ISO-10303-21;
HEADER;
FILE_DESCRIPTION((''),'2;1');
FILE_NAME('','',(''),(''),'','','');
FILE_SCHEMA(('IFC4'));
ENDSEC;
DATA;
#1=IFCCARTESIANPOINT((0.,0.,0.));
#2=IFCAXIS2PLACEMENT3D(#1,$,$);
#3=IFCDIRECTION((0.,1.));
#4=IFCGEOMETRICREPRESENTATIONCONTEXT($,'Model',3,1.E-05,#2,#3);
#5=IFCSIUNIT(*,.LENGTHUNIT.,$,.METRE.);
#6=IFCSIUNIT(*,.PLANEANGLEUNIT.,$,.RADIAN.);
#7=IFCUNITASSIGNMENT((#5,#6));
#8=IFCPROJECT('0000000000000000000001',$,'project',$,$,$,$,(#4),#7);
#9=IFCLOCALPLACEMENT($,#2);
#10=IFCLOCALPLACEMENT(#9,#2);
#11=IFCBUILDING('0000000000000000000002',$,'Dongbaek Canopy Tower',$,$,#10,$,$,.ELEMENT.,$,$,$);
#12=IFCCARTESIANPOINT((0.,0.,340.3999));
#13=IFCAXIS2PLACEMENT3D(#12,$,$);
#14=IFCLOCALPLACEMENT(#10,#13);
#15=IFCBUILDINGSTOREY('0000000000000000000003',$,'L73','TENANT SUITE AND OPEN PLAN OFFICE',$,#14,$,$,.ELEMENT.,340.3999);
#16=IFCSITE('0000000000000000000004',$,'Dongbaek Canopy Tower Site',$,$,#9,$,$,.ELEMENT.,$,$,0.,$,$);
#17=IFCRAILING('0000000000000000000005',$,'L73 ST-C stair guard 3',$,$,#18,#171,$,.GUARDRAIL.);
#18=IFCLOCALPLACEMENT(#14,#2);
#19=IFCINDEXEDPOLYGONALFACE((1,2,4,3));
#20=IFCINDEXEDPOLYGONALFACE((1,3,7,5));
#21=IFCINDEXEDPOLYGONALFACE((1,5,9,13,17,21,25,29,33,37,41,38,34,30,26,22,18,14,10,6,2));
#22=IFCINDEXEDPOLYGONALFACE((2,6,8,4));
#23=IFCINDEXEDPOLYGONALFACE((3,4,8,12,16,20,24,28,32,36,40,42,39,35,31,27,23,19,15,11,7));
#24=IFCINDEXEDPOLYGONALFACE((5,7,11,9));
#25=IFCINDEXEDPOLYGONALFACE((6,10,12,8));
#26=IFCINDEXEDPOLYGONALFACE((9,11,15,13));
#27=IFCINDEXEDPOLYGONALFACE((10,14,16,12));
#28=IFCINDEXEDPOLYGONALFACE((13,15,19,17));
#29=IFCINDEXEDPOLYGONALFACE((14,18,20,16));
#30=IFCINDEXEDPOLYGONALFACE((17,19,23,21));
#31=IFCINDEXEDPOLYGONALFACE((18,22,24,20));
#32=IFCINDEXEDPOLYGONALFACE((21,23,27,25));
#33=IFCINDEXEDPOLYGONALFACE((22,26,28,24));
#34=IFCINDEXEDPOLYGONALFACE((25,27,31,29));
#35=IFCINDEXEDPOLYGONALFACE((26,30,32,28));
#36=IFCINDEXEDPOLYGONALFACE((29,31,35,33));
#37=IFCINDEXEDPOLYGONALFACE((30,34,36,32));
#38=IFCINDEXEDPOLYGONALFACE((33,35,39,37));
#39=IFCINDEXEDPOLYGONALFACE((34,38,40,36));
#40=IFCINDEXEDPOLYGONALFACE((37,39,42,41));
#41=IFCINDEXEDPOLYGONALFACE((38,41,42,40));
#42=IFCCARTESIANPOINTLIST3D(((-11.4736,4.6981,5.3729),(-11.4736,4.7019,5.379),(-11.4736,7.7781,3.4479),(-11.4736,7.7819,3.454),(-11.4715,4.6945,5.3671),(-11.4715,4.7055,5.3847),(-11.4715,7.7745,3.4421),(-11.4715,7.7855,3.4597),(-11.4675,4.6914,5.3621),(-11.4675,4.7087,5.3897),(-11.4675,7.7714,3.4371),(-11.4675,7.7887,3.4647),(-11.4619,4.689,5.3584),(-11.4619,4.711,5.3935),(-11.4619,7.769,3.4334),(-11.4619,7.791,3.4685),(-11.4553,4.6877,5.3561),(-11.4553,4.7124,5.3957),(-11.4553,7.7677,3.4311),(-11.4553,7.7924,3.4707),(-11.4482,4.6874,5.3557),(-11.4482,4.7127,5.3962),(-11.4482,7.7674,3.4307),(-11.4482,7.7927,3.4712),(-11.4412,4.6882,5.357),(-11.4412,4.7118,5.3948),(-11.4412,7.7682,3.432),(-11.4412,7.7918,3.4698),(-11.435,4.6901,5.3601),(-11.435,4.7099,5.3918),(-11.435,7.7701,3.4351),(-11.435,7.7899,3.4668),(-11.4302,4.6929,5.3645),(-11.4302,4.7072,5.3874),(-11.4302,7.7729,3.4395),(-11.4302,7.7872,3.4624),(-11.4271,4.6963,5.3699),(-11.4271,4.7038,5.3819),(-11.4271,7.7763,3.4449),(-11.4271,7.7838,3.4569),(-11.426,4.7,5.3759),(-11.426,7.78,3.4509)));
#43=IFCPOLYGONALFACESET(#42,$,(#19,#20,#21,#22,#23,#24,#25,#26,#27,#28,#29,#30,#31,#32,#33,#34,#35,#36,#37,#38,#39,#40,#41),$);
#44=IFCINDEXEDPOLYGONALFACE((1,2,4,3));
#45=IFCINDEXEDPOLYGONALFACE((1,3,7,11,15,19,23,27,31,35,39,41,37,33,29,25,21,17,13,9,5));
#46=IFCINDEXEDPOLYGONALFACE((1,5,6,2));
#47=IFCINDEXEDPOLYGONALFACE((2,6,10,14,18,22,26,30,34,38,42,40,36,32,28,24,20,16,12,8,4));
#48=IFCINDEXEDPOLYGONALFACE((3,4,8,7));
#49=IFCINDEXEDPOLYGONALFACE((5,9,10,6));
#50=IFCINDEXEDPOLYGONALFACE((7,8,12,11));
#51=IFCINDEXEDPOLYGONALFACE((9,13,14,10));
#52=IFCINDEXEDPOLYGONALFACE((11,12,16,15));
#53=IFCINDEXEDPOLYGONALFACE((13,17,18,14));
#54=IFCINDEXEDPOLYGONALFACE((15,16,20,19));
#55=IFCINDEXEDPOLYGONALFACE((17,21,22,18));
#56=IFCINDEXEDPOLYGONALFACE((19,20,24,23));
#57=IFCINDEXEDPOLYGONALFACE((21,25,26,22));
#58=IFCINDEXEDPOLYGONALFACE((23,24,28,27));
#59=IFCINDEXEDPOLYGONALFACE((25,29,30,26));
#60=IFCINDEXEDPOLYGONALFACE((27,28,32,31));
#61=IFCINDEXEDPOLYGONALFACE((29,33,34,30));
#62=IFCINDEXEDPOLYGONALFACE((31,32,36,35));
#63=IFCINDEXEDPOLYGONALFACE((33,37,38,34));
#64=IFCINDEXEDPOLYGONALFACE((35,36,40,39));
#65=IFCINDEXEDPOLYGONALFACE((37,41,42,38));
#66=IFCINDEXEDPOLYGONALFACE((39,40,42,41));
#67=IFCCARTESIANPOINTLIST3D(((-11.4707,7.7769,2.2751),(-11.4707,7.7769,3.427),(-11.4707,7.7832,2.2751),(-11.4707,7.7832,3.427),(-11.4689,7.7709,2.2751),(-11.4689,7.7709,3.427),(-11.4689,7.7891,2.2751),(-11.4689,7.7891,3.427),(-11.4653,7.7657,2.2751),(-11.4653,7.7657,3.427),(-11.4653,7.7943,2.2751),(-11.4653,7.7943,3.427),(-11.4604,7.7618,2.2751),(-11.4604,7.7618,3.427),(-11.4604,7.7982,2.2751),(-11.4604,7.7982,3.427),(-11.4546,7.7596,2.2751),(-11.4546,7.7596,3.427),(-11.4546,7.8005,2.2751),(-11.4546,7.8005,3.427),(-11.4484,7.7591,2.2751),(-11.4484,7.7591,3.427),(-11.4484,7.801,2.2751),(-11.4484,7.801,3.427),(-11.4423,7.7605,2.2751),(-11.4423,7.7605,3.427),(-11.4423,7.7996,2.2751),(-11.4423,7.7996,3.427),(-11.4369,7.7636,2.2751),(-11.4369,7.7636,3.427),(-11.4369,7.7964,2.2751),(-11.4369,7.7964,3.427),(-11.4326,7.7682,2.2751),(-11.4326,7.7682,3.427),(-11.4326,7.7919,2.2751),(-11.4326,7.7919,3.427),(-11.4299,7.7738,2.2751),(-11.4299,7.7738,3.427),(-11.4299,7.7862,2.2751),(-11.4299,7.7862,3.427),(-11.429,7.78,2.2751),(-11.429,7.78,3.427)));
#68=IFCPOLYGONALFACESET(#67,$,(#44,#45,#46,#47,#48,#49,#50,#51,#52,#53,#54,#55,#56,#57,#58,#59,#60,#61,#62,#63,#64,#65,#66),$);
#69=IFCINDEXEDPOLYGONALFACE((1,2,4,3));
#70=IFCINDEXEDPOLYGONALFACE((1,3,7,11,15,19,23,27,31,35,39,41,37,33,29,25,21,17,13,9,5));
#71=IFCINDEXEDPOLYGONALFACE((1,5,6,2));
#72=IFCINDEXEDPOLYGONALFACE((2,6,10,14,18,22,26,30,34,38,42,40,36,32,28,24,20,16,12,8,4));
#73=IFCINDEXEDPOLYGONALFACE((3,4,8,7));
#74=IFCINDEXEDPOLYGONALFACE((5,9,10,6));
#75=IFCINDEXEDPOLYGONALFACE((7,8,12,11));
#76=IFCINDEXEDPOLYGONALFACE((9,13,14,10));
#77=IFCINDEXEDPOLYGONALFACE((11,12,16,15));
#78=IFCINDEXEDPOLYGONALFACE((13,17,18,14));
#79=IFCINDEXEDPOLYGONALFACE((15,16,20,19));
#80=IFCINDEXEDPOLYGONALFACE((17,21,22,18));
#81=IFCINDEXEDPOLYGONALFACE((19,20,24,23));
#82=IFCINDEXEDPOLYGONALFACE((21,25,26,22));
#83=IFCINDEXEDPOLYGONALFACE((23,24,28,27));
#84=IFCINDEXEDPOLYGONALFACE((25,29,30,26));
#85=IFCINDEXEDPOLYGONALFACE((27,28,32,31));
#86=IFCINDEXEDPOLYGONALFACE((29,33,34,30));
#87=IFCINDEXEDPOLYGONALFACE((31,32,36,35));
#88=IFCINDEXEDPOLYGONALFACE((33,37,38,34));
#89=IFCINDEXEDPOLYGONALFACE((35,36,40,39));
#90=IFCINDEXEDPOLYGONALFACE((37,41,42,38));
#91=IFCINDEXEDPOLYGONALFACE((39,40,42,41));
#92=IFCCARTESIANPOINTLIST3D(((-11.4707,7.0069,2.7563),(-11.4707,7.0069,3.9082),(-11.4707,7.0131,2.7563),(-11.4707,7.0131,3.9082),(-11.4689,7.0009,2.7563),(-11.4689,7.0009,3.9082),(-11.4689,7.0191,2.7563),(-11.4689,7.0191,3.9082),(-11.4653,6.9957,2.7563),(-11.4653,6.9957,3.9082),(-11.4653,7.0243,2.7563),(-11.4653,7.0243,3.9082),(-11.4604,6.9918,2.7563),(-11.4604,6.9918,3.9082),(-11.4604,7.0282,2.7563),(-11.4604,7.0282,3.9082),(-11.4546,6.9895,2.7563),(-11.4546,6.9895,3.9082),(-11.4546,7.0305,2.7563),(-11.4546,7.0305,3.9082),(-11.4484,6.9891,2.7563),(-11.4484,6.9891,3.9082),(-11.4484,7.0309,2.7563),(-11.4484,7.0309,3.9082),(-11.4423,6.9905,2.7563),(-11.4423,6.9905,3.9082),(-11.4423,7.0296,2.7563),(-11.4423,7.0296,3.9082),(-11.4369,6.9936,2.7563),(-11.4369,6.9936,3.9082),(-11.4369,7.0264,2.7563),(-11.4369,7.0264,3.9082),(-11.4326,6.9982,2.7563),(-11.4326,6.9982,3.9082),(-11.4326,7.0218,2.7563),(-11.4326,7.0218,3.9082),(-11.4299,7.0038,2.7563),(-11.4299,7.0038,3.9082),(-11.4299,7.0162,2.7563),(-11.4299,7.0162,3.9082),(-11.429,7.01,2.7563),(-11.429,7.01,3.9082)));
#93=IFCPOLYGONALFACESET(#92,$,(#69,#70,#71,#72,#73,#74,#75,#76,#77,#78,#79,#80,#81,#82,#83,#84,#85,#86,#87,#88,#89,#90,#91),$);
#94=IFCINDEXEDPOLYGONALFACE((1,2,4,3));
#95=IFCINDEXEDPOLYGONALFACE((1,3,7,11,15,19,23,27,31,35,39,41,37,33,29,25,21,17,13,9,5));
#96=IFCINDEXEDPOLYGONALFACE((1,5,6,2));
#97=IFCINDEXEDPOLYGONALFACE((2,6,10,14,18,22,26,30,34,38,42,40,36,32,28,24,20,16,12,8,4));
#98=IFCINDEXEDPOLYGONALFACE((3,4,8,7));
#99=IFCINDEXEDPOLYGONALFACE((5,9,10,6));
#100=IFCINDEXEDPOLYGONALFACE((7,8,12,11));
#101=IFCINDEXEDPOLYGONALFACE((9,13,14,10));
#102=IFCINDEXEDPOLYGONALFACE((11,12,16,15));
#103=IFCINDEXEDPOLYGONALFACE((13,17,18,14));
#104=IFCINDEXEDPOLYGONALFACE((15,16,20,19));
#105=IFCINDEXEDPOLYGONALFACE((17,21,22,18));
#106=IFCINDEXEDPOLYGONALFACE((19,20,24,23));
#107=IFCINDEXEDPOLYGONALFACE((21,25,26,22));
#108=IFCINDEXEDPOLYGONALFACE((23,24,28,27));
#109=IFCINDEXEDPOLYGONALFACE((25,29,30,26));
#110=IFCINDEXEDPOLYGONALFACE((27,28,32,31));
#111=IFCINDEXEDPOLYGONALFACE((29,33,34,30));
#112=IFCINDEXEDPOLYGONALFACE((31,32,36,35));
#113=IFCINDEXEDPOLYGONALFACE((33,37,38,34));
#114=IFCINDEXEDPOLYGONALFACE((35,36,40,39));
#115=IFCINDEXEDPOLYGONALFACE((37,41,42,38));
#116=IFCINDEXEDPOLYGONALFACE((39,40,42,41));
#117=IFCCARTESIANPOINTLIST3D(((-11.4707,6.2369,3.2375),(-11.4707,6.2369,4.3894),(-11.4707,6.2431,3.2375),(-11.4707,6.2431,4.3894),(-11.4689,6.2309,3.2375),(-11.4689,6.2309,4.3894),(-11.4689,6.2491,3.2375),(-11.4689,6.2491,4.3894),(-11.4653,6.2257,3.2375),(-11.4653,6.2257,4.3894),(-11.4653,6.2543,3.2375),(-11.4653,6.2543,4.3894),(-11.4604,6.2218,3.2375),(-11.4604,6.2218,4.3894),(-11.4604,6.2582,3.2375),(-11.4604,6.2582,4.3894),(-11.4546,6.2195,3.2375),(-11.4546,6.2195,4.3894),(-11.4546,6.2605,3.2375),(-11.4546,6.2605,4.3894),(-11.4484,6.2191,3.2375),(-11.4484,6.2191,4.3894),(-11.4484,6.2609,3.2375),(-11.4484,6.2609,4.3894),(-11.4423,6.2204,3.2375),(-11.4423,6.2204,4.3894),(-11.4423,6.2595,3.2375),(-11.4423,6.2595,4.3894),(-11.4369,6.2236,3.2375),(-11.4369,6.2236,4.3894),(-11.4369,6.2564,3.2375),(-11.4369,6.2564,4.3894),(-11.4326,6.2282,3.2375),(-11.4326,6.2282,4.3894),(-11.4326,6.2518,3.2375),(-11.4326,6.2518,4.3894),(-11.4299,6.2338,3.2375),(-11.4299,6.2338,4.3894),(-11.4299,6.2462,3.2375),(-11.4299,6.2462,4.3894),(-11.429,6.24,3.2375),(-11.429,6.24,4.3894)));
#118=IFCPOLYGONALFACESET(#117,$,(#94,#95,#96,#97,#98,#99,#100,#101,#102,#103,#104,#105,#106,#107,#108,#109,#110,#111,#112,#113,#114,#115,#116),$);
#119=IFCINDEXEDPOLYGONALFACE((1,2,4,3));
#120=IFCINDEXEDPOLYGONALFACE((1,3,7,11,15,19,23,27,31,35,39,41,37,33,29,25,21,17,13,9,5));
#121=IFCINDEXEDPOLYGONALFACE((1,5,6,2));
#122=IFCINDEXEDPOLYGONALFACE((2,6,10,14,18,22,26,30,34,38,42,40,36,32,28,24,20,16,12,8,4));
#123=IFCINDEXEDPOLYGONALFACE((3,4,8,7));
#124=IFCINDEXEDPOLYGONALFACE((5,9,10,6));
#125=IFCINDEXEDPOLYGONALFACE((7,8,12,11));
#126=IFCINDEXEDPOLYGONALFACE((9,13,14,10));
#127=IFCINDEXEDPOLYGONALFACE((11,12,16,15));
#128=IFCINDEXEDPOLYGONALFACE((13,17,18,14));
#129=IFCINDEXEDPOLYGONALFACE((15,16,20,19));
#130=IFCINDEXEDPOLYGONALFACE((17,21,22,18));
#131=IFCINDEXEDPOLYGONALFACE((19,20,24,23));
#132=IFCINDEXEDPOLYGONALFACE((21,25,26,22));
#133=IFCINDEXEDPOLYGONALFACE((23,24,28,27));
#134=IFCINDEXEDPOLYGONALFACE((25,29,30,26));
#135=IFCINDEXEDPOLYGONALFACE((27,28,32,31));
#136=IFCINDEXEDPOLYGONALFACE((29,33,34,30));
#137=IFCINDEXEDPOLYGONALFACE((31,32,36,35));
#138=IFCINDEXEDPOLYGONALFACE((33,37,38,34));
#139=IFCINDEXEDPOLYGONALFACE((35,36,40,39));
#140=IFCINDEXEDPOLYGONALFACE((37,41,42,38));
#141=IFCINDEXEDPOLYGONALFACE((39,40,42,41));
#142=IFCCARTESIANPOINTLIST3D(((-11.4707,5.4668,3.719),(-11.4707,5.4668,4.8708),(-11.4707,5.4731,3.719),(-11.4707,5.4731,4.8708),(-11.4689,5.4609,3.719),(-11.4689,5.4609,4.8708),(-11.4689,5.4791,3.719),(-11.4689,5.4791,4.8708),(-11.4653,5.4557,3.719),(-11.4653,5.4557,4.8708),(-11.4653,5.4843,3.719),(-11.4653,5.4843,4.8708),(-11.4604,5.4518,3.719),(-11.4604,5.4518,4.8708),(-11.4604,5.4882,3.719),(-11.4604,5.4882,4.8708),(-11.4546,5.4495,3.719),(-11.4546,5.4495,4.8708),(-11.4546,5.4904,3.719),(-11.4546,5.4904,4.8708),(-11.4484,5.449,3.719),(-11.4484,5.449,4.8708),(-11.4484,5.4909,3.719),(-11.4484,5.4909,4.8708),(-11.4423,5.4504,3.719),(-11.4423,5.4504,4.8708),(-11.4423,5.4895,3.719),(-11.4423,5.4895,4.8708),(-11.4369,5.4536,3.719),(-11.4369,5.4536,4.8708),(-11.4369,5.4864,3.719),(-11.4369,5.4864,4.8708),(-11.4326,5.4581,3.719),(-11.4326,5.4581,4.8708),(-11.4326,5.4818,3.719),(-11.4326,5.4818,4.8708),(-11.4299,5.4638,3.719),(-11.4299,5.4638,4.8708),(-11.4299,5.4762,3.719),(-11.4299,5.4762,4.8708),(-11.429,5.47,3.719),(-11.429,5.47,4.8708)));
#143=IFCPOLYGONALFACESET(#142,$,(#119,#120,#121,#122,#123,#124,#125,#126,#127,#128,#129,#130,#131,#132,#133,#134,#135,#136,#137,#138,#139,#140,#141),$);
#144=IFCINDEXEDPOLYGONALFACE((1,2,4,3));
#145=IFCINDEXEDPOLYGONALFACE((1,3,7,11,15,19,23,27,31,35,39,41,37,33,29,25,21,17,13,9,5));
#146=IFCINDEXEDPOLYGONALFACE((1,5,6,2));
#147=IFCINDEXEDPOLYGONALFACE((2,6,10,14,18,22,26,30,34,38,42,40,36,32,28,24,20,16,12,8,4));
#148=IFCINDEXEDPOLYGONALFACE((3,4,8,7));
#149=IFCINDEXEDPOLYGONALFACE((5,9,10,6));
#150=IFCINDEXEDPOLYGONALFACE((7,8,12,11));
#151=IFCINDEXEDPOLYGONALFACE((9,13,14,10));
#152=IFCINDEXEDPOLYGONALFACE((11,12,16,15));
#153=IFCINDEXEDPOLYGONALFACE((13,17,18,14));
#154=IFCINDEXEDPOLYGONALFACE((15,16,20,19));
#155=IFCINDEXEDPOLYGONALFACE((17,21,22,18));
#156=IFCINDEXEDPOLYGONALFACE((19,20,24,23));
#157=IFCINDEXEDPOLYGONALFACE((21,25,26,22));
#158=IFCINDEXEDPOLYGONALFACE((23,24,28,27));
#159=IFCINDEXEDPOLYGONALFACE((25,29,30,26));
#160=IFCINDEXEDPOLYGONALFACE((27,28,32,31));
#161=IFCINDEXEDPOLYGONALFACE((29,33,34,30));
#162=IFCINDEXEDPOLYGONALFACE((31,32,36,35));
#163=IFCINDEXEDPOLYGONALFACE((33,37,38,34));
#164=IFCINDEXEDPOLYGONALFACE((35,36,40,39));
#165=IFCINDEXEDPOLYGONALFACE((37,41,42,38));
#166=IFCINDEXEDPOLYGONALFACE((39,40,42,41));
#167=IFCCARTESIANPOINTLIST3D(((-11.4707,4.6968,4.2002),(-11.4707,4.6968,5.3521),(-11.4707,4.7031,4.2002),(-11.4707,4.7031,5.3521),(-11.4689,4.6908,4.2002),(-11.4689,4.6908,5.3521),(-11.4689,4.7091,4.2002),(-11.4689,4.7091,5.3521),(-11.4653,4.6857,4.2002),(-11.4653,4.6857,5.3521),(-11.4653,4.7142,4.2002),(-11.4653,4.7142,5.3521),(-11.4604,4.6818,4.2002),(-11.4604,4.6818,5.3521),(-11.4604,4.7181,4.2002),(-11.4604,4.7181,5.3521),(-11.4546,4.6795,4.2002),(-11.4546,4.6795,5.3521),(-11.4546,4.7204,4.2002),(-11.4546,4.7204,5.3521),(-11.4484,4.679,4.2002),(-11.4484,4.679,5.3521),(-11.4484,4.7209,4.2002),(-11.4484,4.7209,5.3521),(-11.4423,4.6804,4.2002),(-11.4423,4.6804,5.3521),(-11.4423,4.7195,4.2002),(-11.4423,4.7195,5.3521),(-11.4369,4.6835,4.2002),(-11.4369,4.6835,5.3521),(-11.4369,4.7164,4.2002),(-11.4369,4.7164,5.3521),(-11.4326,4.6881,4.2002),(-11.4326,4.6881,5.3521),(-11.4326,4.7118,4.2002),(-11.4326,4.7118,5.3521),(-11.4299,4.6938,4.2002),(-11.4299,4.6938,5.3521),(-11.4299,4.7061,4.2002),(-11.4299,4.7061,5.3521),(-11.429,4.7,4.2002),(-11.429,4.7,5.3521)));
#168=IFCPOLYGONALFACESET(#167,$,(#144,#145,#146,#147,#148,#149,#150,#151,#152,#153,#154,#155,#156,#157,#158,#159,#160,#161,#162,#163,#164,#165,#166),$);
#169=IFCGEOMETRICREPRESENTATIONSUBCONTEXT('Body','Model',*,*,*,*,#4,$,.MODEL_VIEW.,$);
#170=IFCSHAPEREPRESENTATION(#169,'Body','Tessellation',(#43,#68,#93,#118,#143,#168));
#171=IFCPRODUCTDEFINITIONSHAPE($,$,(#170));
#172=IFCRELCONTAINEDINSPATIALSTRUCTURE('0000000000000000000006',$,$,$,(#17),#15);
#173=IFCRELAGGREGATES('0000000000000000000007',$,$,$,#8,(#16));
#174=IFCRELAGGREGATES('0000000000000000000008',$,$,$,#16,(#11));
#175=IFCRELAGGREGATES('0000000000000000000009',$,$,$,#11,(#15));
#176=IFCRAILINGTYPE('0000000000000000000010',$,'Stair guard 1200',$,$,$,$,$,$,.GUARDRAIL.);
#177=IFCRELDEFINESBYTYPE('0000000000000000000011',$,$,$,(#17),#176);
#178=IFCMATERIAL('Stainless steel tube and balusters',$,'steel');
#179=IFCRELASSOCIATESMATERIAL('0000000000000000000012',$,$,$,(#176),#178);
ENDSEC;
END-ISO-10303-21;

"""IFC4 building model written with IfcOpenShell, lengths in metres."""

from ifc_helpers import new_model, si_unit, direction, frame, origin, origin_2d, place, context, subcontext, project, spatial, circle, extrude, material, type_object, element, save


model = new_model("IFC4")

# Units and contexts
model_context = context("Model", 3, precision=1e-05, world=origin(), true_north=direction((0.0, 1.0)))
body_context = subcontext(model_context, "Body", "Model", "MODEL_VIEW")
ifc_project = project(units=[si_unit("LENGTHUNIT", "METRE"), si_unit("PLANEANGLEUNIT", "RADIAN")], contexts=[model_context])

# Site, building, storey
site_placement = place(None, origin())
site = spatial("IfcSite", under=ifc_project, at=site_placement, Name="Dongbaek Canopy Tower Site", CompositionType="ELEMENT", RefElevation=0.0)
building_placement = place(site_placement, origin())
building = spatial("IfcBuilding", under=site, at=building_placement, Name="Dongbaek Canopy Tower", CompositionType="ELEMENT")
storey_placement = place(building_placement, frame((0.0, 0.0, 340.3999)))
storey = spatial("IfcBuildingStorey", under=building, at=storey_placement, Name="L73", Description="TENANT SUITE AND OPEN PLAN OFFICE", CompositionType="ELEMENT", Elevation=340.3999)

# Railing
ifc_material_1 = material(Name="Stainless steel tube and balusters", Category="steel")
railing_type_1 = type_object("IfcRailingType", Name="Stair guard 1200", PredefinedType="GUARDRAIL", material=ifc_material_1)
railing_1_placement = place(storey_placement, frame((-11.45, 7.78, 2.2751)))
element("IfcRailing", 1, at=railing_1_placement, inside=storey, type_object=railing_type_1, Name="L73 ST-C stair guard 3", PredefinedType="GUARDRAIL", context=body_context, shape_type="SweptSolid", body=[
    extrude(circle(Radius=0.0239, at=origin_2d()), frame((0.0, 0.0, 1.1758), z_axis=(0.0, -0.847998, 0.529999), x_axis=(1.0, 0.0, 0.0)), (0.0, 0.0, 1.0), 3.6321),
    extrude(circle(Radius=0.021, at=origin_2d()), origin(), (0.0, 0.0, 1.0), 1.1519),
    extrude(circle(Radius=0.021, at=origin_2d()), frame((0.0, -0.77, 0.4812)), (0.0, 0.0, 1.0), 1.1519),
    extrude(circle(Radius=0.021, at=origin_2d()), frame((0.0, -1.54, 0.9624)), (0.0, 0.0, 1.0), 1.1519),
    extrude(circle(Radius=0.021, at=origin_2d()), frame((0.0, -2.3101, 1.4438)), (0.0, 0.0, 1.0), 1.1519),
    extrude(circle(Radius=0.021, at=origin_2d()), frame((0.0, -3.0801, 1.925)), (0.0, 0.0, 1.0), 1.1519),
])

save(model, "model.ifc")
